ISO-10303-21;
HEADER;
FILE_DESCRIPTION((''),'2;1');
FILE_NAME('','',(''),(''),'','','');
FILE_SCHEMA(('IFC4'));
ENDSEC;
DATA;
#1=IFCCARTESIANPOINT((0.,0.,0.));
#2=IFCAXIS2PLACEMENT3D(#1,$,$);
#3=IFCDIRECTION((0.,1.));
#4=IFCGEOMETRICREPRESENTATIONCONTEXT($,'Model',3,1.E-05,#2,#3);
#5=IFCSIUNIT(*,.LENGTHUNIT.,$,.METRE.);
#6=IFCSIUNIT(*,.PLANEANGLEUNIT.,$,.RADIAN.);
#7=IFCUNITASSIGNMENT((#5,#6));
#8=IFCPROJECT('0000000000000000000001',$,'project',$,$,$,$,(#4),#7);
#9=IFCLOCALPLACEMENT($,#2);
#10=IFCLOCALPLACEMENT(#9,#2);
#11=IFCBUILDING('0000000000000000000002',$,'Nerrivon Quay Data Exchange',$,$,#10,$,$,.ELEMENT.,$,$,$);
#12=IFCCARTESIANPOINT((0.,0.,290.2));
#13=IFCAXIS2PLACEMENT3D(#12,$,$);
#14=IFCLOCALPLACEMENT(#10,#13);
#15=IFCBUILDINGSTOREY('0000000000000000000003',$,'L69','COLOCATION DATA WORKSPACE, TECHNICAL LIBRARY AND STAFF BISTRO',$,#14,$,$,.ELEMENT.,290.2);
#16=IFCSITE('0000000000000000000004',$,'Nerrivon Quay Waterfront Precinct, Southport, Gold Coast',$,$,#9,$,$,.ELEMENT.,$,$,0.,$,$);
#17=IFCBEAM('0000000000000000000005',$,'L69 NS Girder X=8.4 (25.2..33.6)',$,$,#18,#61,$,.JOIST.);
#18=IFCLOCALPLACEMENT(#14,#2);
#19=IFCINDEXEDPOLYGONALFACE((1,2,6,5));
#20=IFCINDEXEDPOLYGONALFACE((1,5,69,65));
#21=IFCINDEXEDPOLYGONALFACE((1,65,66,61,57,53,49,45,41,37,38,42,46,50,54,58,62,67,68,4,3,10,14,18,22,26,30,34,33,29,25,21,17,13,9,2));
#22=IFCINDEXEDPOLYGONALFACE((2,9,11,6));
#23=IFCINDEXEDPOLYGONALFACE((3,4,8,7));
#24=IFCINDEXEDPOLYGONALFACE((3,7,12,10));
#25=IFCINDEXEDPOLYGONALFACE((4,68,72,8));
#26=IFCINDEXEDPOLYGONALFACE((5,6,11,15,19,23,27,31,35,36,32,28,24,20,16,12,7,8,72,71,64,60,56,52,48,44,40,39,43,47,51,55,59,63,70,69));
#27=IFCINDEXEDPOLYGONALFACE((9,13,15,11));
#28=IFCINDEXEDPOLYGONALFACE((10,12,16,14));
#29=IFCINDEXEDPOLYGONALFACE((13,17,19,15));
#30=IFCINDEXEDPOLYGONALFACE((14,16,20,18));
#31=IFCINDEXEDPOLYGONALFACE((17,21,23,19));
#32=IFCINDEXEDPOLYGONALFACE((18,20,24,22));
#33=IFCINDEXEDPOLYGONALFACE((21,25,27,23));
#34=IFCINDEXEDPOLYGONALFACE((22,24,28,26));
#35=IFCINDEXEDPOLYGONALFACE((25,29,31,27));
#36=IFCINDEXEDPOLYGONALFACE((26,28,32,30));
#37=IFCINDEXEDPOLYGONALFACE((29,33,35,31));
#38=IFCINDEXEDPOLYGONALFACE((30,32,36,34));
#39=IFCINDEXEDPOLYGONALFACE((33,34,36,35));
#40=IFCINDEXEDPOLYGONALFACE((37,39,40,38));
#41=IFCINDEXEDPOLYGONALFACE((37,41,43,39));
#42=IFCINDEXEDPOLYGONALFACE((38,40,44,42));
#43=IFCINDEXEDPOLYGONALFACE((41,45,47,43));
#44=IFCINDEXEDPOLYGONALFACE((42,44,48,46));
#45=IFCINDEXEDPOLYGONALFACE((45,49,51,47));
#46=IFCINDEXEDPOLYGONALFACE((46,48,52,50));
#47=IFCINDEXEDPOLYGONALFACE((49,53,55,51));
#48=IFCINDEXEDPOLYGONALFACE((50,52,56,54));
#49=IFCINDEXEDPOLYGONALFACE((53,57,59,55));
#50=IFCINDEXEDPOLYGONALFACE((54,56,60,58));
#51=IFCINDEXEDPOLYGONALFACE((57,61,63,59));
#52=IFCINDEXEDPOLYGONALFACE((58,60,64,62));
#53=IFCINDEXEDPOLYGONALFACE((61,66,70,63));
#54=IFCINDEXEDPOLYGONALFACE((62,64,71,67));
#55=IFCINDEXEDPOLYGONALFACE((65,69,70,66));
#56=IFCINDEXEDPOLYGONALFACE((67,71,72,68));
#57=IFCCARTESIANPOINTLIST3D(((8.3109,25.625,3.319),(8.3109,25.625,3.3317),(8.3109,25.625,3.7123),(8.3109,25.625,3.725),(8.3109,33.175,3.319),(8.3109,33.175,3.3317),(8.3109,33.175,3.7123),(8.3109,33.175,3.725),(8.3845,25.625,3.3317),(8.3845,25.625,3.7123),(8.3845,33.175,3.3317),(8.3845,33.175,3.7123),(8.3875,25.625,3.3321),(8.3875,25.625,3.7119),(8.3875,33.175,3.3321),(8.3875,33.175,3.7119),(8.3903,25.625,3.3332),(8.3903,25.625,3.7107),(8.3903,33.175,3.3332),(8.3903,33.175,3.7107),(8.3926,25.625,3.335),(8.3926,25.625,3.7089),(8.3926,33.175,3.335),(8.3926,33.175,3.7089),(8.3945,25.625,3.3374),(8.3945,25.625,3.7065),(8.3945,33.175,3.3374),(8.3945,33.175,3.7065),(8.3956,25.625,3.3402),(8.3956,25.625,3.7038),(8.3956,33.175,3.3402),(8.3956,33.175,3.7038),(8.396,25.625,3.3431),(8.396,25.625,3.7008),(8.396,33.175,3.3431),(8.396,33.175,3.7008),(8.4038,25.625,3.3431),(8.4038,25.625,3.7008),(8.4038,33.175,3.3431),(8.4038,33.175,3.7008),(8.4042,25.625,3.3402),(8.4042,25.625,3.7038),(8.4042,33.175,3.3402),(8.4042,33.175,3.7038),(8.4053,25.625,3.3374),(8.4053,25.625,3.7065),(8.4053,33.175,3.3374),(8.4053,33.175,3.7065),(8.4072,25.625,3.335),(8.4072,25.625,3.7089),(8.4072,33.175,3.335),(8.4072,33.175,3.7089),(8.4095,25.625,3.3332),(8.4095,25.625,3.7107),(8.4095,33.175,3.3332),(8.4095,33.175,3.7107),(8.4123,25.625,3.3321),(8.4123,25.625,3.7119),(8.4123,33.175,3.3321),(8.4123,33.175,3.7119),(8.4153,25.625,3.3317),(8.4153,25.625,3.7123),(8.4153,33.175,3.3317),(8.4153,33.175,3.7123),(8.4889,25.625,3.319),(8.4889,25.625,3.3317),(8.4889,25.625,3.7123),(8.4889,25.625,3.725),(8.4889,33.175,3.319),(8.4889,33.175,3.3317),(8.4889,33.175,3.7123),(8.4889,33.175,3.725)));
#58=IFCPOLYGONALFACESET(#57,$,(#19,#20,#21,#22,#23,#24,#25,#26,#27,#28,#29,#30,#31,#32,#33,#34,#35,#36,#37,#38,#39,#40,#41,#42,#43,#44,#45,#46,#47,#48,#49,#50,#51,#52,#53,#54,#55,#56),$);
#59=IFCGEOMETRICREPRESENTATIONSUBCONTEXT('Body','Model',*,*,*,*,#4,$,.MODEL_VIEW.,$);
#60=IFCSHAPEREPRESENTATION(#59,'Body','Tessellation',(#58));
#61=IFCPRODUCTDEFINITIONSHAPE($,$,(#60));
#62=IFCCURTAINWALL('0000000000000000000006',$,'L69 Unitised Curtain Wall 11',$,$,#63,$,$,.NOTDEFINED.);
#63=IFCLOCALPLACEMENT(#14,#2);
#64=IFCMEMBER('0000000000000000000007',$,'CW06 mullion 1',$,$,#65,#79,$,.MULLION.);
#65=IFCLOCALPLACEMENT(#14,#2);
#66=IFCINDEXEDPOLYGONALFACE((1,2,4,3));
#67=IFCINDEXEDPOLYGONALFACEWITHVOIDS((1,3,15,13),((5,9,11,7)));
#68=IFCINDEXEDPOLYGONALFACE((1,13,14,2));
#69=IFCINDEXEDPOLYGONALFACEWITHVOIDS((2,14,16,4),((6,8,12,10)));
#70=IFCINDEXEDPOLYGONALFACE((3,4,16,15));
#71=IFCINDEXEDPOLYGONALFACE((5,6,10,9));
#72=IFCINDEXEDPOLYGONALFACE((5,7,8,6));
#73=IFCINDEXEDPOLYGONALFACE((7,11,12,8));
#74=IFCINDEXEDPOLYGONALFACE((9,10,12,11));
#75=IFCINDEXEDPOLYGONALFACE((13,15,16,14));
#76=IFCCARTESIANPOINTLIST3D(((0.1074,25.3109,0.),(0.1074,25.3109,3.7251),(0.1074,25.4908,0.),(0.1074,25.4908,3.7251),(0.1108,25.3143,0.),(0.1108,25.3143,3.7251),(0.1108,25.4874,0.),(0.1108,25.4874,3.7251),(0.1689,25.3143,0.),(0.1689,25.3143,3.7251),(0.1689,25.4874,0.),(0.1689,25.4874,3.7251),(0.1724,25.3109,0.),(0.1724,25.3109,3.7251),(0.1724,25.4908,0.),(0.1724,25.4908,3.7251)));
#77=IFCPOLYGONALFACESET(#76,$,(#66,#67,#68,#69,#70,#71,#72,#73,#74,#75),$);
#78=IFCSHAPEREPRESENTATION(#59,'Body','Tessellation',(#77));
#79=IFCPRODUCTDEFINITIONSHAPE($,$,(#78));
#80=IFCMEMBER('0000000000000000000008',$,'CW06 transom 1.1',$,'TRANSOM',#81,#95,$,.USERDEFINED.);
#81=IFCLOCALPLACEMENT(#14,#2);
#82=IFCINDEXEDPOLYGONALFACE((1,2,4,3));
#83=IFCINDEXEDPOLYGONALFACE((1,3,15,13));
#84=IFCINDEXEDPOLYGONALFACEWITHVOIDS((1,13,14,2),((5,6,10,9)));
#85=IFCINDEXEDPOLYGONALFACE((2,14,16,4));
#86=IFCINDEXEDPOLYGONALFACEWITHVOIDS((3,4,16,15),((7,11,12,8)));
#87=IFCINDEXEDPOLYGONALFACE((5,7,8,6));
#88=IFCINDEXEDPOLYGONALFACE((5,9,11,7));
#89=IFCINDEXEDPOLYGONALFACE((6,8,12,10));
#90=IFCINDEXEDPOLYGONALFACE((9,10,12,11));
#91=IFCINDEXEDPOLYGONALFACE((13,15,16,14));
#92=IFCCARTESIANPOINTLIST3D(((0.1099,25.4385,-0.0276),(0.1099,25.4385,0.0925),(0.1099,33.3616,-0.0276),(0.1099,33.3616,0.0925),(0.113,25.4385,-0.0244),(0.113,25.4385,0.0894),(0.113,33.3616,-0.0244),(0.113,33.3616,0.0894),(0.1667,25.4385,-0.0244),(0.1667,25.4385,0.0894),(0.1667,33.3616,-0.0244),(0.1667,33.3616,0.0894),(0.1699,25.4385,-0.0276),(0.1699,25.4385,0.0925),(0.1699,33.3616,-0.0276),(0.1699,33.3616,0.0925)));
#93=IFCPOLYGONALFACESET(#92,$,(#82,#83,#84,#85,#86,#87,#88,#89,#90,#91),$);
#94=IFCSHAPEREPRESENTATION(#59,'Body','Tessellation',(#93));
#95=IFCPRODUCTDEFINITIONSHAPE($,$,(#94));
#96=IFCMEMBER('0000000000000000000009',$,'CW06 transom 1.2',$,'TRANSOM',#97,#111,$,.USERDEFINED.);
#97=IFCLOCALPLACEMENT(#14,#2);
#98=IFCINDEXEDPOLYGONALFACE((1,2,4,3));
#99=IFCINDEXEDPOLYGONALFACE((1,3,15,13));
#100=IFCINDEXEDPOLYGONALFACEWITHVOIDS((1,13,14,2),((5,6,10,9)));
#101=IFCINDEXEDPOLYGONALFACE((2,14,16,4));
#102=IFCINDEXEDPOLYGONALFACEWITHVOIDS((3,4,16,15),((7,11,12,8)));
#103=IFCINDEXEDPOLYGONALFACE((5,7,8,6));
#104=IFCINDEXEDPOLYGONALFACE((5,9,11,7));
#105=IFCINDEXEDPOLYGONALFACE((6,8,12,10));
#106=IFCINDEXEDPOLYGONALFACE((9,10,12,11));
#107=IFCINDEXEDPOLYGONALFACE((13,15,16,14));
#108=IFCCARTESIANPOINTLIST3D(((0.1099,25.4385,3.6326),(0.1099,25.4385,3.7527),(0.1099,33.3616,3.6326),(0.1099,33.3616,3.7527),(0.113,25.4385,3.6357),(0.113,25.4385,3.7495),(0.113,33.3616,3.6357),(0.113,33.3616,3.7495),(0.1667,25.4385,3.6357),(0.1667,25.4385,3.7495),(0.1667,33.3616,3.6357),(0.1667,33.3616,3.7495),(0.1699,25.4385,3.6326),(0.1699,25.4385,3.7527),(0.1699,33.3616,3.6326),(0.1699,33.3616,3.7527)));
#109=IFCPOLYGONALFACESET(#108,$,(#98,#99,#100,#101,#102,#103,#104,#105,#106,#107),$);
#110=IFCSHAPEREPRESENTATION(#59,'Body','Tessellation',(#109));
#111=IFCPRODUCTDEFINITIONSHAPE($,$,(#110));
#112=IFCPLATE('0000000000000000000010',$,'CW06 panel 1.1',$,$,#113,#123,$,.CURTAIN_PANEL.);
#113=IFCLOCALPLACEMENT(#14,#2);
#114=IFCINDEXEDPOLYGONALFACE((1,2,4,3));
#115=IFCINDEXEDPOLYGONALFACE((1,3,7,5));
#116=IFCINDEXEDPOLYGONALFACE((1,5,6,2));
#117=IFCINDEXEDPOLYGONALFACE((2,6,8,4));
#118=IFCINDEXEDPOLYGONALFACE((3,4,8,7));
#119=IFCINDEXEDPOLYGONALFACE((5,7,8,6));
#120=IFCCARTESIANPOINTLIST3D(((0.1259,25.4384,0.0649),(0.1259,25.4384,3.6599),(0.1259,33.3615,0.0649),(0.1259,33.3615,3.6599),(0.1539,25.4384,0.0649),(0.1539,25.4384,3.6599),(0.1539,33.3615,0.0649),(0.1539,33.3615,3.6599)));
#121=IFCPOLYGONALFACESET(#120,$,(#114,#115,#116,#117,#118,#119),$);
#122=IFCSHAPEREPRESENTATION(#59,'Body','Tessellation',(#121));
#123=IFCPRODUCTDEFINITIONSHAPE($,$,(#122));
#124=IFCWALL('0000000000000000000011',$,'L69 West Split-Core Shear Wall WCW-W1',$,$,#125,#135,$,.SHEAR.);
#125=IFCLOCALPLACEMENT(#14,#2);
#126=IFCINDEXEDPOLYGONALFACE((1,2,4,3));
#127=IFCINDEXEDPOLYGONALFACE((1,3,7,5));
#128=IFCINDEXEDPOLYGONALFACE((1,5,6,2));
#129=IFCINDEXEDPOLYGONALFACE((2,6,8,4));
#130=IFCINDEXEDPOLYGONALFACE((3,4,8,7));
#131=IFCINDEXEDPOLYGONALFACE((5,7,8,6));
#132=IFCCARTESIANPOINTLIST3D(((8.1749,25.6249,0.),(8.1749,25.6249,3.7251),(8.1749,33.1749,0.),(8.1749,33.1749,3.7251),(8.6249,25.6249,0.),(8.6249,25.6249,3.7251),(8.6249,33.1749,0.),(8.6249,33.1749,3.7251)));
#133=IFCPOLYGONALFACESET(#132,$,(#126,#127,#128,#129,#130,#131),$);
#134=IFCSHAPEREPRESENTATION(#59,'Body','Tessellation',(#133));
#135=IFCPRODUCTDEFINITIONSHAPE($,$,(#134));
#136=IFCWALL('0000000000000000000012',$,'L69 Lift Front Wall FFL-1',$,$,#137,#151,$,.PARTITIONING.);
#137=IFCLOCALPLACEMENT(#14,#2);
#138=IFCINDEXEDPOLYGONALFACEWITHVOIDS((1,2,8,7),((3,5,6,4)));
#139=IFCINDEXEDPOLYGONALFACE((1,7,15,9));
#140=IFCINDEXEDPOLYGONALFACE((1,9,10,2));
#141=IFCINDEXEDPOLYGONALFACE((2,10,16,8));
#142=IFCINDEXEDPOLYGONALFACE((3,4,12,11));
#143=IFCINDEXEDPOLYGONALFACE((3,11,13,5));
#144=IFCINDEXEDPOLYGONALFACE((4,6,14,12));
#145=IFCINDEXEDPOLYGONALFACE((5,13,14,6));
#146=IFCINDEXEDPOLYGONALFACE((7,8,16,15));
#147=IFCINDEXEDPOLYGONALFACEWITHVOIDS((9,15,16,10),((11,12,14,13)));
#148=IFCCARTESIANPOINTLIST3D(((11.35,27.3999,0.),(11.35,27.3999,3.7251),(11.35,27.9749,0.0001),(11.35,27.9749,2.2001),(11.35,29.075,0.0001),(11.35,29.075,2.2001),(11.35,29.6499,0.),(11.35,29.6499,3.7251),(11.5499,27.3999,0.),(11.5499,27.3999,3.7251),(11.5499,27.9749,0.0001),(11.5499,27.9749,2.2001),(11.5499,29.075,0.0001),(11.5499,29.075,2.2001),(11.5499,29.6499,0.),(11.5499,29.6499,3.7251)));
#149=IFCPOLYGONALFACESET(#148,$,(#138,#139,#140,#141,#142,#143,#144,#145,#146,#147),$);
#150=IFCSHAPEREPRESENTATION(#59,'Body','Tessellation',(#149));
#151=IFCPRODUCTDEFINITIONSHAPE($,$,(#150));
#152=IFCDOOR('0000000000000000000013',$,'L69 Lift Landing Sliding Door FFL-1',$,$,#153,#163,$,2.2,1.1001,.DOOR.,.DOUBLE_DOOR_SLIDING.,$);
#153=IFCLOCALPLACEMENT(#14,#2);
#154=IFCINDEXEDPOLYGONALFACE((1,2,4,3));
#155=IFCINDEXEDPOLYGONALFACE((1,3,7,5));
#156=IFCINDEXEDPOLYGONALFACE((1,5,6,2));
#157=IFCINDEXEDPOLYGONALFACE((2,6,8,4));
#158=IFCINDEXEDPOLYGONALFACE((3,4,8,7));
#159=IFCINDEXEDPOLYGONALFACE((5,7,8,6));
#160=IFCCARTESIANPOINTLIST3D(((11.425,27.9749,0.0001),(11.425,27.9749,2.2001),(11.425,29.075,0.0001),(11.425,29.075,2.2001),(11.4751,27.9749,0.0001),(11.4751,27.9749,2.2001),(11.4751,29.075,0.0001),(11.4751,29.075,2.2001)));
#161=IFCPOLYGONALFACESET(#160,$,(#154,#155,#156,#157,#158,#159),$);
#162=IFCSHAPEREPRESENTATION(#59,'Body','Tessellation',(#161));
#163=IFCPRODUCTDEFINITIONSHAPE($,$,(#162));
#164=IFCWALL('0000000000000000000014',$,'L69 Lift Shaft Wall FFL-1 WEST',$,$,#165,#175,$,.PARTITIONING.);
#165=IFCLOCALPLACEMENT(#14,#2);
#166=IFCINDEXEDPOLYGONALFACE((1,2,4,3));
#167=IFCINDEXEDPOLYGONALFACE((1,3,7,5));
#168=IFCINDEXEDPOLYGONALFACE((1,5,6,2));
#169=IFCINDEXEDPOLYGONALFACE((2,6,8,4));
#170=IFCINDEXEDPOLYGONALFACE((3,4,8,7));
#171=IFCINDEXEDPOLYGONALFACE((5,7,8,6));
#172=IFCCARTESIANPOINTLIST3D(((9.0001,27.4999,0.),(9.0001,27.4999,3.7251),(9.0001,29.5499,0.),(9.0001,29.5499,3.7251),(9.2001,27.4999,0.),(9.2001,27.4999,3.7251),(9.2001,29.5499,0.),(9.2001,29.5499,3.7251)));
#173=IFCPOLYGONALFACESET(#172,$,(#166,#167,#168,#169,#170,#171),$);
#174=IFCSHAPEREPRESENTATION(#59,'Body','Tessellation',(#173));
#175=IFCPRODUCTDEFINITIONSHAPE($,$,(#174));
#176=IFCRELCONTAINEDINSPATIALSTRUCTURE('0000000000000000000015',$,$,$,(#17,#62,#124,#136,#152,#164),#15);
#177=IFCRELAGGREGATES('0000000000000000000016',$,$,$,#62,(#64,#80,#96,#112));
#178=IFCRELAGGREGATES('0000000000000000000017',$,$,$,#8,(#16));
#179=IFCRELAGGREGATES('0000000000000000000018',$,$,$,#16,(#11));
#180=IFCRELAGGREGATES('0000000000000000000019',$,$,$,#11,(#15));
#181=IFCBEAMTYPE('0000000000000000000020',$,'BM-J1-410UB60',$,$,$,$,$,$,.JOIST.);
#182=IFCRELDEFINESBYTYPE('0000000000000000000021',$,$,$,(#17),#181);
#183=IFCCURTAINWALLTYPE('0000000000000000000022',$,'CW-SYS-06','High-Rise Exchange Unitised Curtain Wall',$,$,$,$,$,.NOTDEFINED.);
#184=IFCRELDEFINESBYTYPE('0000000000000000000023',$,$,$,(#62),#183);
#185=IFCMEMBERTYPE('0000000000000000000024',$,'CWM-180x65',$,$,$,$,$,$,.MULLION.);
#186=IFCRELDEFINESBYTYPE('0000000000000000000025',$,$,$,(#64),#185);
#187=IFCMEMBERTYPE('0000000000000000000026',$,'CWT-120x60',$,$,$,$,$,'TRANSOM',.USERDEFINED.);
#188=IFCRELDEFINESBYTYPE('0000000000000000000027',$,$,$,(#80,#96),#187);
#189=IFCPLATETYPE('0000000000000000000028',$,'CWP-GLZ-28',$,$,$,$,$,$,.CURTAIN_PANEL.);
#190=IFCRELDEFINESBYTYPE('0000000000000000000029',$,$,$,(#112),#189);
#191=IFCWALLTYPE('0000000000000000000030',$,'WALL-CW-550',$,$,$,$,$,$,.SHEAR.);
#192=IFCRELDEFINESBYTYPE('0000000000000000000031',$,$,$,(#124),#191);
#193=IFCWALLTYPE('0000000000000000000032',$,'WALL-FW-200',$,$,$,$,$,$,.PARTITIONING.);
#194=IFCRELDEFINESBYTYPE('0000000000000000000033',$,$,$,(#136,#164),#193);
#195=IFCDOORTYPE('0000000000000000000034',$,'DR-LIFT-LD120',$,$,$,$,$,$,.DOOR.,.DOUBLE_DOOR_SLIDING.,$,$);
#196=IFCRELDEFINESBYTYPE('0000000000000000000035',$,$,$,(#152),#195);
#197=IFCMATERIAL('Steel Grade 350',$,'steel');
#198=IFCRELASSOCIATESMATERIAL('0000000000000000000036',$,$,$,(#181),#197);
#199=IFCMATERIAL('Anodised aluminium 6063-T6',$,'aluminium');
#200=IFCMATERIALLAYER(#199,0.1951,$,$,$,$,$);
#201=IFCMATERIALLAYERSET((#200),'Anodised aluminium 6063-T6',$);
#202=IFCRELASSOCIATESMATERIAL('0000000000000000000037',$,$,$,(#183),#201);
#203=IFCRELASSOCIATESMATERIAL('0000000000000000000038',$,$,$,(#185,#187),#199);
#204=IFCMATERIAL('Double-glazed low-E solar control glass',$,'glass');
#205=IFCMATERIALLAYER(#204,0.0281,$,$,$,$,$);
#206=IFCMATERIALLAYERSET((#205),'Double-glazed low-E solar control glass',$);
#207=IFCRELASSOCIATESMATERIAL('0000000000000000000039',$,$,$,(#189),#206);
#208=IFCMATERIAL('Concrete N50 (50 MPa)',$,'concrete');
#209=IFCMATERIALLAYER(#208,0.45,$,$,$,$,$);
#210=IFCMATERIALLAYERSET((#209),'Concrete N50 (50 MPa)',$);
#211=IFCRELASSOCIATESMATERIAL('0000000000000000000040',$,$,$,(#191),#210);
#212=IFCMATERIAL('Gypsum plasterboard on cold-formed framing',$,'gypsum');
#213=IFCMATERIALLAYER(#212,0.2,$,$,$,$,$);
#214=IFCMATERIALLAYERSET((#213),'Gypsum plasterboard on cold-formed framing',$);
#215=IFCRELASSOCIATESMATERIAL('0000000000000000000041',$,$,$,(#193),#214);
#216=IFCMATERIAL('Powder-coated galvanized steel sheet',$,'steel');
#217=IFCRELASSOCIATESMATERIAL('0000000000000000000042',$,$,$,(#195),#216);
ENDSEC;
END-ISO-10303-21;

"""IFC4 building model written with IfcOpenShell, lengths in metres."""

from ifc_helpers import new_model, si_unit, direction, frame, frame_2d, origin, origin_2d, place, context, subcontext, project, spatial, rectangle, hollow_rectangle, i_section, extrude, material, layer, layer_set, material_profile, profile_set, type_object, element, fill, aggregate, save


model = new_model("IFC4")

# Units and contexts
model_context = context("Model", 3, precision=1e-05, world=origin(), true_north=direction((0.0, 1.0)))
body_context = subcontext(model_context, "Body", "Model", "MODEL_VIEW")
ifc_project = project(units=[si_unit("LENGTHUNIT", "METRE"), si_unit("PLANEANGLEUNIT", "RADIAN")], contexts=[model_context])

# Site, building, storey
site_placement = place(None, origin())
site = spatial("IfcSite", under=ifc_project, at=site_placement, Name="Nerrivon Quay Waterfront Precinct, Southport, Gold Coast", CompositionType="ELEMENT", RefElevation=0.0)
building_placement = place(site_placement, origin())
building = spatial("IfcBuilding", under=site, at=building_placement, Name="Nerrivon Quay Data Exchange", CompositionType="ELEMENT")
storey_placement = place(building_placement, frame((0.0, 0.0, 290.2)))
storey = spatial("IfcBuildingStorey", under=building, at=storey_placement, Name="L69", Description="COLOCATION DATA WORKSPACE, TECHNICAL LIBRARY AND STAFF BISTRO", CompositionType="ELEMENT", Elevation=290.2)

# Beam
ifc_material_1 = material(Name="Steel Grade 350", Category="steel")
ifc_material_profile_1 = material_profile(ifc_material_1, i_section(OverallWidth=0.178, OverallDepth=0.406, WebThickness=0.0078, FlangeThickness=0.0127, FilletRadius=0.0115, at=origin_2d()), Name="410UB59.7")
ifc_profile_set_1 = profile_set([ifc_material_profile_1], Name="Steel Grade 350")
beam_type = type_object("IfcBeamType", Name="BM-J1-410UB60", PredefinedType="JOIST", material=ifc_profile_set_1)
beam_placement = place(storey_placement, frame((8.3999, 25.625, 3.522), z_axis=(0.0, 1.0, 0.0), x_axis=(-1.0, 0.0, 0.0)))
element("IfcBeam", 1, at=beam_placement, inside=storey, type_object=beam_type, Name="L69 NS Girder X=8.4 (25.2..33.6)", PredefinedType="JOIST", context=body_context, shape_type="SweptSolid", body=[
    extrude(i_section(OverallWidth=0.178, OverallDepth=0.406, WebThickness=0.0078, FlangeThickness=0.0127, FilletRadius=0.0115, at=origin_2d()), origin(), (0.0, 0.0, 1.0), 7.55),
])

# Curtain wall, members, plate
ifc_material_2 = material(Name="Anodised aluminium 6063-T6", Category="aluminium")
ifc_layer_1 = layer(ifc_material_2, 0.1951)
ifc_layer_set_1 = layer_set([ifc_layer_1], Name="Anodised aluminium 6063-T6")
curtain_wall_type = type_object("IfcCurtainWallType", Name="CW-SYS-06", Description="High-Rise Exchange Unitised Curtain Wall", PredefinedType="NOTDEFINED", material=ifc_layer_set_1)
curtain_wall_placement = place(storey_placement, origin())
curtain_wall = element("IfcCurtainWall", 2, at=curtain_wall_placement, inside=storey, type_object=curtain_wall_type, Name="L69 Unitised Curtain Wall 11", PredefinedType="NOTDEFINED")
ifc_material_profile_2 = material_profile(ifc_material_2, hollow_rectangle(XDim=0.0649, YDim=0.1799, WallThickness=0.0034, at=origin_2d()), Name="ALU-MULL-180x65")
ifc_profile_set_2 = profile_set([ifc_material_profile_2], Name="Anodised aluminium 6063-T6")
member_type_1 = type_object("IfcMemberType", Name="CWM-180x65", PredefinedType="MULLION", material=ifc_profile_set_2)
member_1_placement = place(storey_placement, frame((0.1399, 25.4009, 0.0), z_axis=(0.0, 0.0, 1.0), x_axis=(-1.0, 0.0, 0.0)))
member_1 = element("IfcMember", 3, at=member_1_placement, type_object=member_type_1, Name="CW06 mullion 1", PredefinedType="MULLION", context=body_context, shape_type="SweptSolid", body=[
    extrude(hollow_rectangle(XDim=0.0649, YDim=0.1799, WallThickness=0.0034, at=origin_2d()), origin(), (0.0, 0.0, 1.0), 3.7251),
])
ifc_material_profile_3 = material_profile(ifc_material_2, hollow_rectangle(XDim=0.0601, YDim=0.1201, WallThickness=0.0032, at=origin_2d()), Name="ALU-TRAN-120x60")
ifc_profile_set_3 = profile_set([ifc_material_profile_3], Name="Anodised aluminium 6063-T6")
member_type_2 = type_object("IfcMemberType", Name="CWT-120x60", ElementType="TRANSOM", PredefinedType="USERDEFINED", material=ifc_profile_set_3)
member_2_placement = place(storey_placement, frame((0.1399, 25.4385, 0.0325), z_axis=(0.0, 1.0, 0.0), x_axis=(-1.0, 0.0, 0.0)))
member_2 = element("IfcMember", 4, at=member_2_placement, type_object=member_type_2, Name="CW06 transom 1.1", ObjectType="TRANSOM", PredefinedType="USERDEFINED", context=body_context, shape_type="SweptSolid", body=[
    extrude(hollow_rectangle(XDim=0.0601, YDim=0.1201, WallThickness=0.0032, at=origin_2d()), origin(), (0.0, 0.0, 1.0), 7.9231),
])
member_3_placement = place(storey_placement, frame((0.1399, 25.4385, 3.6926), z_axis=(0.0, 1.0, 0.0), x_axis=(-1.0, 0.0, 0.0)))
member_3 = element("IfcMember", 5, at=member_3_placement, type_object=member_type_2, Name="CW06 transom 1.2", ObjectType="TRANSOM", PredefinedType="USERDEFINED", context=body_context, shape_type="SweptSolid", body=[
    extrude(hollow_rectangle(XDim=0.0601, YDim=0.1201, WallThickness=0.0032, at=origin_2d()), origin(), (0.0, 0.0, 1.0), 7.9231),
])
ifc_material_3 = material(Name="Double-glazed low-E solar control glass", Category="glass")
ifc_layer_2 = layer(ifc_material_3, 0.0281)
ifc_layer_set_2 = layer_set([ifc_layer_2], Name="Double-glazed low-E solar control glass")
plate_type = type_object("IfcPlateType", Name="CWP-GLZ-28", PredefinedType="CURTAIN_PANEL", material=ifc_layer_set_2)
plate_placement = place(storey_placement, frame((0.1399, 29.3999, 0.0649), z_axis=(0.0, 0.0, 1.0), x_axis=(0.0, 1.0, 0.0)))
plate = element("IfcPlate", 6, at=plate_placement, type_object=plate_type, Name="CW06 panel 1.1", PredefinedType="CURTAIN_PANEL", context=body_context, shape_type="SweptSolid", body=[
    extrude(rectangle(XDim=7.9231, YDim=0.0281, at=origin_2d()), origin(), (0.0, 0.0, 1.0), 3.595),
])
aggregate(curtain_wall, [member_1, member_2, member_3, plate])

# Wall
ifc_material_4 = material(Name="Concrete N50 (50 MPa)", Category="concrete")
ifc_layer_3 = layer(ifc_material_4, 0.45)
ifc_layer_set_3 = layer_set([ifc_layer_3], Name="Concrete N50 (50 MPa)")
wall_type_1 = type_object("IfcWallType", Name="WALL-CW-550", PredefinedType="SHEAR", material=ifc_layer_set_3)
wall_1_placement = place(storey_placement, frame((8.3999, 25.625, 0.0), z_axis=(0.0, 0.0, 1.0), x_axis=(0.0, 1.0, 0.0)))
element("IfcWall", 7, at=wall_1_placement, inside=storey, type_object=wall_type_1, Name="L69 West Split-Core Shear Wall WCW-W1", PredefinedType="SHEAR", context=body_context, shape_type="SweptSolid", body=[
    extrude(rectangle(XDim=7.55, YDim=0.45, at=frame_2d((3.7749, 0.0))), origin(), (0.0, 0.0, 1.0), 3.7251),
])

# Wall, opening, door
ifc_material_5 = material(Name="Gypsum plasterboard on cold-formed framing", Category="gypsum")
ifc_layer_4 = layer(ifc_material_5, 0.2)
ifc_layer_set_4 = layer_set([ifc_layer_4], Name="Gypsum plasterboard on cold-formed framing")
wall_type_2 = type_object("IfcWallType", Name="WALL-FW-200", PredefinedType="PARTITIONING", material=ifc_layer_set_4)
wall_2_placement = place(storey_placement, frame((11.45, 27.3999, 0.0), z_axis=(0.0, 0.0, 1.0), x_axis=(0.0, 1.0, 0.0)))
wall_2 = element("IfcWall", 8, at=wall_2_placement, inside=storey, type_object=wall_type_2, Name="L69 Lift Front Wall FFL-1", PredefinedType="PARTITIONING", context=body_context, shape_type="SweptSolid", body=[
    extrude(rectangle(XDim=2.25, YDim=0.2, at=frame_2d((1.125, 0.0))), origin(), (0.0, 0.0, 1.0), 3.7251),
])
opening_1_placement = place(wall_2_placement, frame((0.575, 0.0, 0.0)))
opening_1 = element("IfcOpeningElement", 9, at=opening_1_placement, cuts=wall_2, PredefinedType="OPENING", context=body_context, shape_type="SweptSolid", body=[
    extrude(rectangle(XDim=1.1001, YDim=2.2, at=frame_2d((0.55, 1.1001))), frame((0.0, 0.1099, 0.0), z_axis=(0.0, -1.0, 0.0), x_axis=(1.0, 0.0, 0.0)), (0.0, 0.0, 1.0), 0.22),
])
ifc_material_6 = material(Name="Powder-coated galvanized steel sheet", Category="steel")
door_type_1 = type_object("IfcDoorType", Name="DR-LIFT-LD120", OperationType="DOUBLE_DOOR_SLIDING", PredefinedType="DOOR", material=ifc_material_6)
door_1_placement = place(opening_1_placement, origin())
door_1 = element("IfcDoor", 10, at=door_1_placement, inside=storey, type_object=door_type_1, Name="L69 Lift Landing Sliding Door FFL-1", OperationType="DOUBLE_DOOR_SLIDING", OverallHeight=2.2, OverallWidth=1.1001, PredefinedType="DOOR", context=body_context, shape_type="SweptSolid", body=[
    extrude(rectangle(XDim=1.1001, YDim=2.2, at=frame_2d((0.55, 1.1001))), frame((0.0, 0.0249, 0.0), z_axis=(0.0, -1.0, 0.0), x_axis=(1.0, 0.0, 0.0)), (0.0, 0.0, 1.0), 0.05),
])
fill(opening_1, door_1)

# Wall
wall_3_placement = place(storey_placement, frame((9.1001, 27.5, 0.0), z_axis=(0.0, 0.0, 1.0), x_axis=(0.0, 1.0, 0.0)))
element("IfcWall", 11, at=wall_3_placement, inside=storey, type_object=wall_type_2, Name="L69 Lift Shaft Wall FFL-1 WEST", PredefinedType="PARTITIONING", context=body_context, shape_type="SweptSolid", body=[
    extrude(rectangle(XDim=2.05, YDim=0.2, at=frame_2d((1.0249, 0.0))), origin(), (0.0, 0.0, 1.0), 3.7251),
])

save(model, "model.ifc")
